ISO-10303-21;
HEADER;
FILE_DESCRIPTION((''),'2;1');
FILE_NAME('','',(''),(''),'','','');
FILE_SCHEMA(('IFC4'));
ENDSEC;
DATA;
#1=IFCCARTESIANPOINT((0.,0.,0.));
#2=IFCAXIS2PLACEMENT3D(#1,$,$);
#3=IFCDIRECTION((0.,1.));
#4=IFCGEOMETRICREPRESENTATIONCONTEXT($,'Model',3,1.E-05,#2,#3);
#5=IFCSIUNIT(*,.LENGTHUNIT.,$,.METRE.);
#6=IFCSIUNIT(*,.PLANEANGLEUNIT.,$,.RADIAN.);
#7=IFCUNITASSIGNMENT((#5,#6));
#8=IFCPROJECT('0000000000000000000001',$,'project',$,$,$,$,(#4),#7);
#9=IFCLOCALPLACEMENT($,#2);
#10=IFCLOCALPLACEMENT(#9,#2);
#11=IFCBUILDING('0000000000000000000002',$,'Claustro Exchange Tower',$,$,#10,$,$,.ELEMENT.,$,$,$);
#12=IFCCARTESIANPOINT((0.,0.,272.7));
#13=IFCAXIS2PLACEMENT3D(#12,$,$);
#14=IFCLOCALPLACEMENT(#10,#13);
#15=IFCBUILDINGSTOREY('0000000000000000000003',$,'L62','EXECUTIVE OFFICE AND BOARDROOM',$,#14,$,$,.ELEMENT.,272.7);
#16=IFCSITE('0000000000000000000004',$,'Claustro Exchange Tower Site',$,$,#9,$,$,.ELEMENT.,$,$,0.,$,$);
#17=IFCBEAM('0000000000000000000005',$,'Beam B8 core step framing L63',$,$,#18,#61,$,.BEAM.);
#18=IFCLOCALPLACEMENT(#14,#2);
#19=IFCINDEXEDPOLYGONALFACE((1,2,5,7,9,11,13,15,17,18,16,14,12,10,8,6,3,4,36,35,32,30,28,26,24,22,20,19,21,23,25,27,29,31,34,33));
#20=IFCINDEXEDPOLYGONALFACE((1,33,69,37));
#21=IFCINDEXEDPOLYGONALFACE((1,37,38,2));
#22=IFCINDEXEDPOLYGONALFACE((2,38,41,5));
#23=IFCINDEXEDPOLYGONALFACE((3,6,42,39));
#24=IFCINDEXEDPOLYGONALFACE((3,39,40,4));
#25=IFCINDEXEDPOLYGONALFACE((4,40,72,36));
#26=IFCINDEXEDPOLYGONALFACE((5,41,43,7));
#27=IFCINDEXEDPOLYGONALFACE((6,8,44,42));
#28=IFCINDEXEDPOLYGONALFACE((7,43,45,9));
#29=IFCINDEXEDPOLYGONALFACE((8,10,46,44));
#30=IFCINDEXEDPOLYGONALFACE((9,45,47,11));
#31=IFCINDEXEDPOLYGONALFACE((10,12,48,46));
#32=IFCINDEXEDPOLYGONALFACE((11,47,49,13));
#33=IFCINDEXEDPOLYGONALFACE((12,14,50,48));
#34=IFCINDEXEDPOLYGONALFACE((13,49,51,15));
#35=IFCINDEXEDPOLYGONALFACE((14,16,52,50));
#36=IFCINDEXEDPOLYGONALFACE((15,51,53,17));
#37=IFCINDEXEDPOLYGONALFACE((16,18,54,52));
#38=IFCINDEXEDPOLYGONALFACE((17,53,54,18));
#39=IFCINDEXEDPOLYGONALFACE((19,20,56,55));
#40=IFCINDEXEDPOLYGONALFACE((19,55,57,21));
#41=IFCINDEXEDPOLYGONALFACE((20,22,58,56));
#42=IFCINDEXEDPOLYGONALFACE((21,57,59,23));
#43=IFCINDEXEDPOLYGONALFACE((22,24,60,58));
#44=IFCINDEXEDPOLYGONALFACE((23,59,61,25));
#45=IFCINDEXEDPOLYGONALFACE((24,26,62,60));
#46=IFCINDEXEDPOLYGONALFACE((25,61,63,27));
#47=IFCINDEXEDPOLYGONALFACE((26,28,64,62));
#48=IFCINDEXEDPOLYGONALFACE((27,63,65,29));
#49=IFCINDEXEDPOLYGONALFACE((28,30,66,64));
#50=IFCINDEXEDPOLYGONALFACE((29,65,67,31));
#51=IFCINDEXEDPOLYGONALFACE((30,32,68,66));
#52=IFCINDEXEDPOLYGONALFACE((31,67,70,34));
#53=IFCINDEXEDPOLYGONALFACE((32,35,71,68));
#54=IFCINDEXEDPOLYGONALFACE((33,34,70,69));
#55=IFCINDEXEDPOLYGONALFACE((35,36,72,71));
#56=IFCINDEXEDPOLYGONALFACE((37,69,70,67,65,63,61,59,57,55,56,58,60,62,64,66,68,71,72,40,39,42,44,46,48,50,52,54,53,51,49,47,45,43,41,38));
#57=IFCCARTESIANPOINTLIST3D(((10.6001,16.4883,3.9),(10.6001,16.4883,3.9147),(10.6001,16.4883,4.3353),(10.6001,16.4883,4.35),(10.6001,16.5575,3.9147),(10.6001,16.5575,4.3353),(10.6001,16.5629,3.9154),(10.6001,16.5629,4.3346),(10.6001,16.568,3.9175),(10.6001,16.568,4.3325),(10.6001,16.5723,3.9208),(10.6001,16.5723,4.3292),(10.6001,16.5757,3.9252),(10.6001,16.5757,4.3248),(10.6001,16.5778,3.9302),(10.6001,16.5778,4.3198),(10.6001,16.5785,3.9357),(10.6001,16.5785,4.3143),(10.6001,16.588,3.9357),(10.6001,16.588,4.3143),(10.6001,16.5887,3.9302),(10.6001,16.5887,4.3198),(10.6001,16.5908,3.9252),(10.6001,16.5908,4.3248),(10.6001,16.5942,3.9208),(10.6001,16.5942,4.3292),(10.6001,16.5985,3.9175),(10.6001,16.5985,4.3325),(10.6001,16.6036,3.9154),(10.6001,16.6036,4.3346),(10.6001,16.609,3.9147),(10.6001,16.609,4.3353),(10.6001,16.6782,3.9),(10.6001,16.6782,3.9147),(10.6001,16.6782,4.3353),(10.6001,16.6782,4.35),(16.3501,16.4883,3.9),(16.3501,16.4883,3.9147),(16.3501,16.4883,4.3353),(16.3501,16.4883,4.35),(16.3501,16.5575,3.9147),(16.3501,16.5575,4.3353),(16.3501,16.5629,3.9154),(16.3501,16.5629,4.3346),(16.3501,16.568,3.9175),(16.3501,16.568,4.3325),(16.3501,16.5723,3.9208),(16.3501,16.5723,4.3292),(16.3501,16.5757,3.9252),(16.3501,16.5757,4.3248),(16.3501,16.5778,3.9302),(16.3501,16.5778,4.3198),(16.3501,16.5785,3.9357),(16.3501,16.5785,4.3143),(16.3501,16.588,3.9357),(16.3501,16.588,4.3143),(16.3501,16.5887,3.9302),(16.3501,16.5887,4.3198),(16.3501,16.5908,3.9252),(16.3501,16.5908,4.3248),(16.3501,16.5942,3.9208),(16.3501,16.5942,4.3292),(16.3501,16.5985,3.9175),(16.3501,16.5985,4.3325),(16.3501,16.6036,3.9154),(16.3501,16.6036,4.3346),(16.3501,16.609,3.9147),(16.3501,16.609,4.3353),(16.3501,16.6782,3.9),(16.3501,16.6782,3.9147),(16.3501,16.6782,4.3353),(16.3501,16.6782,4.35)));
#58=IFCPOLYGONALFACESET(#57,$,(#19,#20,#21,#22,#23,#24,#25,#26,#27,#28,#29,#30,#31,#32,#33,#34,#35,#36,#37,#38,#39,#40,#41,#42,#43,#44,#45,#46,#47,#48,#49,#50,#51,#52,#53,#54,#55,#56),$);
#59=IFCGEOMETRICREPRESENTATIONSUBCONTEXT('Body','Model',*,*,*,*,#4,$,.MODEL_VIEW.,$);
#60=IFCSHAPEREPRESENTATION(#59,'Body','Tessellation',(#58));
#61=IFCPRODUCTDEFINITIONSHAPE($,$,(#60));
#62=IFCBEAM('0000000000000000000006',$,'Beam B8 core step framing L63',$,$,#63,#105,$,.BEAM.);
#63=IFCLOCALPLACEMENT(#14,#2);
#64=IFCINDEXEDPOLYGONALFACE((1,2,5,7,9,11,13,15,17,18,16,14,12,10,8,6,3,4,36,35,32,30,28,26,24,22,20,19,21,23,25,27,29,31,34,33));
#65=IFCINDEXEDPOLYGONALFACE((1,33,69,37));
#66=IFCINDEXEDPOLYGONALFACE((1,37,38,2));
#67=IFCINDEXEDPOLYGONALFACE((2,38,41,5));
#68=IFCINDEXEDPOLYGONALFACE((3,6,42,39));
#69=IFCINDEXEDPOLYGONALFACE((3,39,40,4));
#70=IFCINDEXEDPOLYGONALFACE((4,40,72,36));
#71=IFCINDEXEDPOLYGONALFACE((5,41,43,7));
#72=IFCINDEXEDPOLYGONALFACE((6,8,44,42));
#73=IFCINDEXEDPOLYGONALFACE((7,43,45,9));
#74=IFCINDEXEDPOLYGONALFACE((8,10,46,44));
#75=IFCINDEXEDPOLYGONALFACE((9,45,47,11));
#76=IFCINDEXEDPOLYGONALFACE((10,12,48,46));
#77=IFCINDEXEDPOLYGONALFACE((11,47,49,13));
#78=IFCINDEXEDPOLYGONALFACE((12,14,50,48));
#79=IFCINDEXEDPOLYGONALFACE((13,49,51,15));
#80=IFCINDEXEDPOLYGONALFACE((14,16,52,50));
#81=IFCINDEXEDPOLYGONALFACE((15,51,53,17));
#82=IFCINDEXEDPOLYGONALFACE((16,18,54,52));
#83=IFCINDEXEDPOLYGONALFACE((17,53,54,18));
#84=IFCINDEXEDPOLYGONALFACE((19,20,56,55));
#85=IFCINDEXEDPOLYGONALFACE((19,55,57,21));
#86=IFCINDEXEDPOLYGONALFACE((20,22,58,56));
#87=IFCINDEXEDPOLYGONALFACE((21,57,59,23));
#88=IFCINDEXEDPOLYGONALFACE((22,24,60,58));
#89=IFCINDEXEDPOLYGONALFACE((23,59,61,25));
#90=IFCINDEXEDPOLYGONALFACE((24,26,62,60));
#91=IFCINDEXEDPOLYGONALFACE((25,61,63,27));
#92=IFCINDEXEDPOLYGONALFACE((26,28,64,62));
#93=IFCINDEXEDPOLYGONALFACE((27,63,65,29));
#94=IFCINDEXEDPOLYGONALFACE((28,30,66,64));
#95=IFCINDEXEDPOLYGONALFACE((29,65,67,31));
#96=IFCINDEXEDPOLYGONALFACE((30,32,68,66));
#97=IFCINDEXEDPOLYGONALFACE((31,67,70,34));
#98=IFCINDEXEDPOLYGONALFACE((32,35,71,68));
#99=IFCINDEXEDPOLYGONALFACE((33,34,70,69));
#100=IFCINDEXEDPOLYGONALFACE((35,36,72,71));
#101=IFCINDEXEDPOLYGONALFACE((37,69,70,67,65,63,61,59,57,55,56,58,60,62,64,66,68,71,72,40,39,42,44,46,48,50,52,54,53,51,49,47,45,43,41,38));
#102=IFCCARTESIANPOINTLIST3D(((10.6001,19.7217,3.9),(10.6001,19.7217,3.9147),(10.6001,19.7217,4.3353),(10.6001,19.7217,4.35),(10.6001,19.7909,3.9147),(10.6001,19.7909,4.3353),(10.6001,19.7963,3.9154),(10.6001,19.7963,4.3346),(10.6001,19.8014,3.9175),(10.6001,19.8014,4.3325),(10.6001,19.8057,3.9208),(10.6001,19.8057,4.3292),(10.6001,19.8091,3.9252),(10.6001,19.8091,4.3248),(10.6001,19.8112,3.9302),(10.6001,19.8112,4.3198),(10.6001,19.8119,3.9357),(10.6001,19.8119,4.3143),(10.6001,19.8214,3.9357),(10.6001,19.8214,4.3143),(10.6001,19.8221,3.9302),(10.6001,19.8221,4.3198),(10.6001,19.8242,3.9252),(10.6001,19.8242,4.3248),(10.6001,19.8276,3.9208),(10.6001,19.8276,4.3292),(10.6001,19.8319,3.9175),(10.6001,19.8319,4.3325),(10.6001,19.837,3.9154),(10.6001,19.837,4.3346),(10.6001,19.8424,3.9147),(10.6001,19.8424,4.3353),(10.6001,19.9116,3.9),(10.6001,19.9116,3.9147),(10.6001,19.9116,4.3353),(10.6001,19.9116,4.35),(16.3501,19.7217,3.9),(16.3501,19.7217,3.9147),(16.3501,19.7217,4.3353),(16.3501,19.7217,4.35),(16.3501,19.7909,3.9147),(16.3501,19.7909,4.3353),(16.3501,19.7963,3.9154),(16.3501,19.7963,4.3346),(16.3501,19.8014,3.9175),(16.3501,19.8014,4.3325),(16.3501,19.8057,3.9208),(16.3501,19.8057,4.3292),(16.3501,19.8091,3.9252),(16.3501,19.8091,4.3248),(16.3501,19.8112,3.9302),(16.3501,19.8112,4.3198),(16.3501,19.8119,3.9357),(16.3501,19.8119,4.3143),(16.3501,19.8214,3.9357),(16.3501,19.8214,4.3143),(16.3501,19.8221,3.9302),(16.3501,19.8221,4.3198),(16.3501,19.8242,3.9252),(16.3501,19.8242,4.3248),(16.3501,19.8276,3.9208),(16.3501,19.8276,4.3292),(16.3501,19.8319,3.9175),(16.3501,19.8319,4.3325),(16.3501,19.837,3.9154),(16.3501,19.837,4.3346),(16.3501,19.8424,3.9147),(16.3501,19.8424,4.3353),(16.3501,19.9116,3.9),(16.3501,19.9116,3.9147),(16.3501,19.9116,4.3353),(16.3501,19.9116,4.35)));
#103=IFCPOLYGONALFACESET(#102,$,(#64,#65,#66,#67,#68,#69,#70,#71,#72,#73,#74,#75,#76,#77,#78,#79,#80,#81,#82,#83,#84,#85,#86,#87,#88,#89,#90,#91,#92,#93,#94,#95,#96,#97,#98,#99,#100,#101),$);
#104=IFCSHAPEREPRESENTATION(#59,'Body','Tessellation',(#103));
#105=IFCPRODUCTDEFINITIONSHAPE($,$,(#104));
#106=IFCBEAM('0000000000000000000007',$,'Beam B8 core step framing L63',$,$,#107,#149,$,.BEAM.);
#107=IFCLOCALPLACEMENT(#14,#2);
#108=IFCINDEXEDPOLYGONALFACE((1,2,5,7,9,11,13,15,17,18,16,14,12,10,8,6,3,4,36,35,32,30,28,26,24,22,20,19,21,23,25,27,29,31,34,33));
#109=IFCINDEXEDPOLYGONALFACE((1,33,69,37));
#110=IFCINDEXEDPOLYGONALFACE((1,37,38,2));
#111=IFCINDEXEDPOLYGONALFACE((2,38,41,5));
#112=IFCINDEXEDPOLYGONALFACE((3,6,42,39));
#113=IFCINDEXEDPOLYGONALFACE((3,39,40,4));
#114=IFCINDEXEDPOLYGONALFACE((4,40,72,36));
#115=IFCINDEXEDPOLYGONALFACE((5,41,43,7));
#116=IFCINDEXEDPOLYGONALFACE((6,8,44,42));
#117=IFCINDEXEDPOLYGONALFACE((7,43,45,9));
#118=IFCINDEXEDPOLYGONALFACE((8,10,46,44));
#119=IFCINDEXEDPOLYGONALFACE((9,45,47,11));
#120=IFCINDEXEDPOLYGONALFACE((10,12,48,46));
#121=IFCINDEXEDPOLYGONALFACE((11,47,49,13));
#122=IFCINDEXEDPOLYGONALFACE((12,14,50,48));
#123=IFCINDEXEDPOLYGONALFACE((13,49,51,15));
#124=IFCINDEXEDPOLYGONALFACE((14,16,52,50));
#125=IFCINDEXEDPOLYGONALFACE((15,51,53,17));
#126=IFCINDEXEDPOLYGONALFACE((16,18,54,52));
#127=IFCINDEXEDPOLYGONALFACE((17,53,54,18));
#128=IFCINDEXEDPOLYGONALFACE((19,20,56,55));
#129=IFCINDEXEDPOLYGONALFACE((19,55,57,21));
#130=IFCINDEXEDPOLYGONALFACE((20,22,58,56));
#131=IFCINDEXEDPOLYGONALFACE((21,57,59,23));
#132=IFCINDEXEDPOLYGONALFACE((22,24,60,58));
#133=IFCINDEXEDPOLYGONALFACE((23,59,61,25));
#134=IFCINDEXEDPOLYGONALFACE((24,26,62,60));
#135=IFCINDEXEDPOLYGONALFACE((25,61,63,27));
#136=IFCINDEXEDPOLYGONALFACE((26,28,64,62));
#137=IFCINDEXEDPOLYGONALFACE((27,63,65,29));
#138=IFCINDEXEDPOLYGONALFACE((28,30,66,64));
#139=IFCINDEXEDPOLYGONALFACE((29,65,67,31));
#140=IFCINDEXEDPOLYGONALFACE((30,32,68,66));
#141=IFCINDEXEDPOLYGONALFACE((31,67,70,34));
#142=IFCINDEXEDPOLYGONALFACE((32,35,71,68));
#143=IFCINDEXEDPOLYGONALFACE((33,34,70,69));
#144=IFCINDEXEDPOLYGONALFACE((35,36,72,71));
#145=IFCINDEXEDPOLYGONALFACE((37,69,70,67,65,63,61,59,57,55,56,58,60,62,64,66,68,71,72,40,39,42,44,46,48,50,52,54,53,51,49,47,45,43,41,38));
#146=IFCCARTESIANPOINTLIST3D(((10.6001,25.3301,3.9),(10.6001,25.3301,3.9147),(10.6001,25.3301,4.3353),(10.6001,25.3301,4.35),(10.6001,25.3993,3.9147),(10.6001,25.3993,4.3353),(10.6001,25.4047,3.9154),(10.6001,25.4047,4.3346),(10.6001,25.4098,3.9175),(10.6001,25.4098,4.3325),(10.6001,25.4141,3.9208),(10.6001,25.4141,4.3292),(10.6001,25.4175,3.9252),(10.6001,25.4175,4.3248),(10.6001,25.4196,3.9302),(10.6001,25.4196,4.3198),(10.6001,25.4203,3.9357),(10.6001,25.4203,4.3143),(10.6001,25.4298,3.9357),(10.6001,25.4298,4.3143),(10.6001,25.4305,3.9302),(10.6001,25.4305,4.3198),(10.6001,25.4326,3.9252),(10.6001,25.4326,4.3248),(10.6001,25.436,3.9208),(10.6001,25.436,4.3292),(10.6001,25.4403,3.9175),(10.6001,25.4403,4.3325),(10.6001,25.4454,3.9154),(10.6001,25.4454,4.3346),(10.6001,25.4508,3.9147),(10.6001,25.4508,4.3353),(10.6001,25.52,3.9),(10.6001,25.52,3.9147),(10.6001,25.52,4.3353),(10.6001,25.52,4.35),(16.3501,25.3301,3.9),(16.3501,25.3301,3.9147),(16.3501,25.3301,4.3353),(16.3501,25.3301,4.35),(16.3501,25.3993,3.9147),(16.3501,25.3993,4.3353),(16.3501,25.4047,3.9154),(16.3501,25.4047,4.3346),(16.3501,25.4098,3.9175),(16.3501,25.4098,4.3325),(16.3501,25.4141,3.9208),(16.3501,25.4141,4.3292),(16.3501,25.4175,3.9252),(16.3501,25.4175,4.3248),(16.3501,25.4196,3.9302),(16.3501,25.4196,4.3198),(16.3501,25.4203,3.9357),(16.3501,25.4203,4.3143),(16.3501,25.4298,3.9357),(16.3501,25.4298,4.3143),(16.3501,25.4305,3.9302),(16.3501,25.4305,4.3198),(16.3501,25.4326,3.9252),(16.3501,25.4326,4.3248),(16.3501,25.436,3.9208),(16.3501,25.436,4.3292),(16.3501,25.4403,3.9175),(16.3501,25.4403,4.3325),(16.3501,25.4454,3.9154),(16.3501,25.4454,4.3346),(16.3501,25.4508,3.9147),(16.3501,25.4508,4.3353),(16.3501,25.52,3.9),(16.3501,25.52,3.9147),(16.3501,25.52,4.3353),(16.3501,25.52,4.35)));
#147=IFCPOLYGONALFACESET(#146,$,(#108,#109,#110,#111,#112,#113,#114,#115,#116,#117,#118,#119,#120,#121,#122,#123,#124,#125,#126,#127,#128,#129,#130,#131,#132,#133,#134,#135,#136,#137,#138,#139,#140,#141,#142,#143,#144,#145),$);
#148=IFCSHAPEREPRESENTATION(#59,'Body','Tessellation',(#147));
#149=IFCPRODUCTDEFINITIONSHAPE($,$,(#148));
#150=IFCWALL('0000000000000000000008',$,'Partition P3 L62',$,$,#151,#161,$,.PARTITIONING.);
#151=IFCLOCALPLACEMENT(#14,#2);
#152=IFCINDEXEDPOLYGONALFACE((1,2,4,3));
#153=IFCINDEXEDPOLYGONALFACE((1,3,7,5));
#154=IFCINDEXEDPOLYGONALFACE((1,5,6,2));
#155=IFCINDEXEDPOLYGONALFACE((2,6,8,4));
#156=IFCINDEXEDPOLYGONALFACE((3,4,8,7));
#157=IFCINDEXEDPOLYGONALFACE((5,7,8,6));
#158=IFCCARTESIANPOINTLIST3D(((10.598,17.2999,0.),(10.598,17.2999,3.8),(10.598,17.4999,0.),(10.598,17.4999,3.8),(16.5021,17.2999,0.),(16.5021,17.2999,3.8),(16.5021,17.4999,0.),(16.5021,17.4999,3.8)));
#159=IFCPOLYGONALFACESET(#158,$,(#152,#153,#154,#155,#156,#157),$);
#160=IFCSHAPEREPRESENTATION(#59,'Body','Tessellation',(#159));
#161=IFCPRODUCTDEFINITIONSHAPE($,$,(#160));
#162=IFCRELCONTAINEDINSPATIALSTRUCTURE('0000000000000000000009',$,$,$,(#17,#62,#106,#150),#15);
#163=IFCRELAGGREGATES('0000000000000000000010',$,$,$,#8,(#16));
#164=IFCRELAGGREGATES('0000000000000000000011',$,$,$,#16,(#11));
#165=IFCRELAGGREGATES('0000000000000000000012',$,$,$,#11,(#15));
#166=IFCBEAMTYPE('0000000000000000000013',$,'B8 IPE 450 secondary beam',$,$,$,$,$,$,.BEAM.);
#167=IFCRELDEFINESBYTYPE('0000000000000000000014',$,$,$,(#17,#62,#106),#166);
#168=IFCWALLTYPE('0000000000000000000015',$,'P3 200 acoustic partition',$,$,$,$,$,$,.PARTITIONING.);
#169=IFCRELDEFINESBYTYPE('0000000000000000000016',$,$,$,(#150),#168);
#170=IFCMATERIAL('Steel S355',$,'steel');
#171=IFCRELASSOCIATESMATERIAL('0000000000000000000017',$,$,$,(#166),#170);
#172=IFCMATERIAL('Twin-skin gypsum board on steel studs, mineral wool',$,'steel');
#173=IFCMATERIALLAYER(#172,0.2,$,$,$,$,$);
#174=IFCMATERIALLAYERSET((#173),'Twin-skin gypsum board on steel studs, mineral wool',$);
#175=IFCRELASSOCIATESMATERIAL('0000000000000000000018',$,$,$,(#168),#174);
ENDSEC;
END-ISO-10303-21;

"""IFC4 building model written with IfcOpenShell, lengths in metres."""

from ifc_helpers import new_model, si_unit, direction, frame, frame_2d, origin, origin_2d, place, context, subcontext, project, spatial, rectangle, i_section, extrude, material, layer, layer_set, material_profile, profile_set, type_object, element, save


model = new_model("IFC4")

# Units and contexts
model_context = context("Model", 3, precision=1e-05, world=origin(), true_north=direction((0.0, 1.0)))
body_context = subcontext(model_context, "Body", "Model", "MODEL_VIEW")
ifc_project = project(units=[si_unit("LENGTHUNIT", "METRE"), si_unit("PLANEANGLEUNIT", "RADIAN")], contexts=[model_context])

# Site, building, storey
site_placement = place(None, origin())
site = spatial("IfcSite", under=ifc_project, at=site_placement, Name="Claustro Exchange Tower Site", CompositionType="ELEMENT", RefElevation=0.0)
building_placement = place(site_placement, origin())
building = spatial("IfcBuilding", under=site, at=building_placement, Name="Claustro Exchange Tower", CompositionType="ELEMENT")
storey_placement = place(building_placement, frame((0.0, 0.0, 272.7)))
storey = spatial("IfcBuildingStorey", under=building, at=storey_placement, Name="L62", Description="EXECUTIVE OFFICE AND BOARDROOM", CompositionType="ELEMENT", Elevation=272.7)

# Beams
ifc_material_1 = material(Name="Steel S355", Category="steel")
ifc_material_profile_1 = material_profile(ifc_material_1, i_section(OverallWidth=0.1899, OverallDepth=0.45, WebThickness=0.0095, FlangeThickness=0.0146, FilletRadius=0.021, at=origin_2d()), Name="IPE 450")
ifc_profile_set_1 = profile_set([ifc_material_profile_1], Name="Steel S355")
beam_type_1 = type_object("IfcBeamType", Name="B8 IPE 450 secondary beam", PredefinedType="BEAM", material=ifc_profile_set_1)
for number, where, z_axis, x_axis, name in (
    (1, (10.6001, 16.5833, 4.125), (1.0, 0.0, 0.0), (0.0, 1.0, 0.0), "Beam B8 core step framing L63"),
    (2, (10.6001, 19.8167, 4.125), (1.0, 0.0, 0.0), (0.0, 1.0, 0.0), "Beam B8 core step framing L63"),
    (3, (10.6001, 25.425, 4.125), (1.0, 0.0, 0.0), (0.0, 1.0, 0.0), "Beam B8 core step framing L63"),
):
    element("IfcBeam", number, at=place(storey_placement, frame(where, z_axis=z_axis, x_axis=x_axis)), inside=storey, type_object=beam_type_1, Name=name, PredefinedType="BEAM", context=body_context, shape_type="SweptSolid", body=[
        extrude(i_section(OverallWidth=0.1899, OverallDepth=0.45, WebThickness=0.0095, FlangeThickness=0.0146, FilletRadius=0.021, at=origin_2d()), origin(), (0.0, 0.0, 1.0), 5.75),
    ])

# Wall
ifc_material_2 = material(Name="Twin-skin gypsum board on steel studs, mineral wool", Category="steel")
ifc_layer_1 = layer(ifc_material_2, 0.2)
ifc_layer_set_1 = layer_set([ifc_layer_1], Name="Twin-skin gypsum board on steel studs, mineral wool")
wall_type_1 = type_object("IfcWallType", Name="P3 200 acoustic partition", PredefinedType="PARTITIONING", material=ifc_layer_set_1)
wall_1_placement = place(storey_placement, frame((10.5979, 17.3999, 0.0), z_axis=(0.0, 0.0, 1.0), x_axis=(1.0, 0.0, 0.0)))
element("IfcWall", 4, at=wall_1_placement, inside=storey, type_object=wall_type_1, Name="Partition P3 L62", PredefinedType="PARTITIONING", context=body_context, shape_type="SweptSolid", body=[
    extrude(rectangle(XDim=5.9041, YDim=0.2, at=frame_2d((2.9521, 0.0))), origin(), (0.0, 0.0, 1.0), 3.8),
])

save(model, "model.ifc")
